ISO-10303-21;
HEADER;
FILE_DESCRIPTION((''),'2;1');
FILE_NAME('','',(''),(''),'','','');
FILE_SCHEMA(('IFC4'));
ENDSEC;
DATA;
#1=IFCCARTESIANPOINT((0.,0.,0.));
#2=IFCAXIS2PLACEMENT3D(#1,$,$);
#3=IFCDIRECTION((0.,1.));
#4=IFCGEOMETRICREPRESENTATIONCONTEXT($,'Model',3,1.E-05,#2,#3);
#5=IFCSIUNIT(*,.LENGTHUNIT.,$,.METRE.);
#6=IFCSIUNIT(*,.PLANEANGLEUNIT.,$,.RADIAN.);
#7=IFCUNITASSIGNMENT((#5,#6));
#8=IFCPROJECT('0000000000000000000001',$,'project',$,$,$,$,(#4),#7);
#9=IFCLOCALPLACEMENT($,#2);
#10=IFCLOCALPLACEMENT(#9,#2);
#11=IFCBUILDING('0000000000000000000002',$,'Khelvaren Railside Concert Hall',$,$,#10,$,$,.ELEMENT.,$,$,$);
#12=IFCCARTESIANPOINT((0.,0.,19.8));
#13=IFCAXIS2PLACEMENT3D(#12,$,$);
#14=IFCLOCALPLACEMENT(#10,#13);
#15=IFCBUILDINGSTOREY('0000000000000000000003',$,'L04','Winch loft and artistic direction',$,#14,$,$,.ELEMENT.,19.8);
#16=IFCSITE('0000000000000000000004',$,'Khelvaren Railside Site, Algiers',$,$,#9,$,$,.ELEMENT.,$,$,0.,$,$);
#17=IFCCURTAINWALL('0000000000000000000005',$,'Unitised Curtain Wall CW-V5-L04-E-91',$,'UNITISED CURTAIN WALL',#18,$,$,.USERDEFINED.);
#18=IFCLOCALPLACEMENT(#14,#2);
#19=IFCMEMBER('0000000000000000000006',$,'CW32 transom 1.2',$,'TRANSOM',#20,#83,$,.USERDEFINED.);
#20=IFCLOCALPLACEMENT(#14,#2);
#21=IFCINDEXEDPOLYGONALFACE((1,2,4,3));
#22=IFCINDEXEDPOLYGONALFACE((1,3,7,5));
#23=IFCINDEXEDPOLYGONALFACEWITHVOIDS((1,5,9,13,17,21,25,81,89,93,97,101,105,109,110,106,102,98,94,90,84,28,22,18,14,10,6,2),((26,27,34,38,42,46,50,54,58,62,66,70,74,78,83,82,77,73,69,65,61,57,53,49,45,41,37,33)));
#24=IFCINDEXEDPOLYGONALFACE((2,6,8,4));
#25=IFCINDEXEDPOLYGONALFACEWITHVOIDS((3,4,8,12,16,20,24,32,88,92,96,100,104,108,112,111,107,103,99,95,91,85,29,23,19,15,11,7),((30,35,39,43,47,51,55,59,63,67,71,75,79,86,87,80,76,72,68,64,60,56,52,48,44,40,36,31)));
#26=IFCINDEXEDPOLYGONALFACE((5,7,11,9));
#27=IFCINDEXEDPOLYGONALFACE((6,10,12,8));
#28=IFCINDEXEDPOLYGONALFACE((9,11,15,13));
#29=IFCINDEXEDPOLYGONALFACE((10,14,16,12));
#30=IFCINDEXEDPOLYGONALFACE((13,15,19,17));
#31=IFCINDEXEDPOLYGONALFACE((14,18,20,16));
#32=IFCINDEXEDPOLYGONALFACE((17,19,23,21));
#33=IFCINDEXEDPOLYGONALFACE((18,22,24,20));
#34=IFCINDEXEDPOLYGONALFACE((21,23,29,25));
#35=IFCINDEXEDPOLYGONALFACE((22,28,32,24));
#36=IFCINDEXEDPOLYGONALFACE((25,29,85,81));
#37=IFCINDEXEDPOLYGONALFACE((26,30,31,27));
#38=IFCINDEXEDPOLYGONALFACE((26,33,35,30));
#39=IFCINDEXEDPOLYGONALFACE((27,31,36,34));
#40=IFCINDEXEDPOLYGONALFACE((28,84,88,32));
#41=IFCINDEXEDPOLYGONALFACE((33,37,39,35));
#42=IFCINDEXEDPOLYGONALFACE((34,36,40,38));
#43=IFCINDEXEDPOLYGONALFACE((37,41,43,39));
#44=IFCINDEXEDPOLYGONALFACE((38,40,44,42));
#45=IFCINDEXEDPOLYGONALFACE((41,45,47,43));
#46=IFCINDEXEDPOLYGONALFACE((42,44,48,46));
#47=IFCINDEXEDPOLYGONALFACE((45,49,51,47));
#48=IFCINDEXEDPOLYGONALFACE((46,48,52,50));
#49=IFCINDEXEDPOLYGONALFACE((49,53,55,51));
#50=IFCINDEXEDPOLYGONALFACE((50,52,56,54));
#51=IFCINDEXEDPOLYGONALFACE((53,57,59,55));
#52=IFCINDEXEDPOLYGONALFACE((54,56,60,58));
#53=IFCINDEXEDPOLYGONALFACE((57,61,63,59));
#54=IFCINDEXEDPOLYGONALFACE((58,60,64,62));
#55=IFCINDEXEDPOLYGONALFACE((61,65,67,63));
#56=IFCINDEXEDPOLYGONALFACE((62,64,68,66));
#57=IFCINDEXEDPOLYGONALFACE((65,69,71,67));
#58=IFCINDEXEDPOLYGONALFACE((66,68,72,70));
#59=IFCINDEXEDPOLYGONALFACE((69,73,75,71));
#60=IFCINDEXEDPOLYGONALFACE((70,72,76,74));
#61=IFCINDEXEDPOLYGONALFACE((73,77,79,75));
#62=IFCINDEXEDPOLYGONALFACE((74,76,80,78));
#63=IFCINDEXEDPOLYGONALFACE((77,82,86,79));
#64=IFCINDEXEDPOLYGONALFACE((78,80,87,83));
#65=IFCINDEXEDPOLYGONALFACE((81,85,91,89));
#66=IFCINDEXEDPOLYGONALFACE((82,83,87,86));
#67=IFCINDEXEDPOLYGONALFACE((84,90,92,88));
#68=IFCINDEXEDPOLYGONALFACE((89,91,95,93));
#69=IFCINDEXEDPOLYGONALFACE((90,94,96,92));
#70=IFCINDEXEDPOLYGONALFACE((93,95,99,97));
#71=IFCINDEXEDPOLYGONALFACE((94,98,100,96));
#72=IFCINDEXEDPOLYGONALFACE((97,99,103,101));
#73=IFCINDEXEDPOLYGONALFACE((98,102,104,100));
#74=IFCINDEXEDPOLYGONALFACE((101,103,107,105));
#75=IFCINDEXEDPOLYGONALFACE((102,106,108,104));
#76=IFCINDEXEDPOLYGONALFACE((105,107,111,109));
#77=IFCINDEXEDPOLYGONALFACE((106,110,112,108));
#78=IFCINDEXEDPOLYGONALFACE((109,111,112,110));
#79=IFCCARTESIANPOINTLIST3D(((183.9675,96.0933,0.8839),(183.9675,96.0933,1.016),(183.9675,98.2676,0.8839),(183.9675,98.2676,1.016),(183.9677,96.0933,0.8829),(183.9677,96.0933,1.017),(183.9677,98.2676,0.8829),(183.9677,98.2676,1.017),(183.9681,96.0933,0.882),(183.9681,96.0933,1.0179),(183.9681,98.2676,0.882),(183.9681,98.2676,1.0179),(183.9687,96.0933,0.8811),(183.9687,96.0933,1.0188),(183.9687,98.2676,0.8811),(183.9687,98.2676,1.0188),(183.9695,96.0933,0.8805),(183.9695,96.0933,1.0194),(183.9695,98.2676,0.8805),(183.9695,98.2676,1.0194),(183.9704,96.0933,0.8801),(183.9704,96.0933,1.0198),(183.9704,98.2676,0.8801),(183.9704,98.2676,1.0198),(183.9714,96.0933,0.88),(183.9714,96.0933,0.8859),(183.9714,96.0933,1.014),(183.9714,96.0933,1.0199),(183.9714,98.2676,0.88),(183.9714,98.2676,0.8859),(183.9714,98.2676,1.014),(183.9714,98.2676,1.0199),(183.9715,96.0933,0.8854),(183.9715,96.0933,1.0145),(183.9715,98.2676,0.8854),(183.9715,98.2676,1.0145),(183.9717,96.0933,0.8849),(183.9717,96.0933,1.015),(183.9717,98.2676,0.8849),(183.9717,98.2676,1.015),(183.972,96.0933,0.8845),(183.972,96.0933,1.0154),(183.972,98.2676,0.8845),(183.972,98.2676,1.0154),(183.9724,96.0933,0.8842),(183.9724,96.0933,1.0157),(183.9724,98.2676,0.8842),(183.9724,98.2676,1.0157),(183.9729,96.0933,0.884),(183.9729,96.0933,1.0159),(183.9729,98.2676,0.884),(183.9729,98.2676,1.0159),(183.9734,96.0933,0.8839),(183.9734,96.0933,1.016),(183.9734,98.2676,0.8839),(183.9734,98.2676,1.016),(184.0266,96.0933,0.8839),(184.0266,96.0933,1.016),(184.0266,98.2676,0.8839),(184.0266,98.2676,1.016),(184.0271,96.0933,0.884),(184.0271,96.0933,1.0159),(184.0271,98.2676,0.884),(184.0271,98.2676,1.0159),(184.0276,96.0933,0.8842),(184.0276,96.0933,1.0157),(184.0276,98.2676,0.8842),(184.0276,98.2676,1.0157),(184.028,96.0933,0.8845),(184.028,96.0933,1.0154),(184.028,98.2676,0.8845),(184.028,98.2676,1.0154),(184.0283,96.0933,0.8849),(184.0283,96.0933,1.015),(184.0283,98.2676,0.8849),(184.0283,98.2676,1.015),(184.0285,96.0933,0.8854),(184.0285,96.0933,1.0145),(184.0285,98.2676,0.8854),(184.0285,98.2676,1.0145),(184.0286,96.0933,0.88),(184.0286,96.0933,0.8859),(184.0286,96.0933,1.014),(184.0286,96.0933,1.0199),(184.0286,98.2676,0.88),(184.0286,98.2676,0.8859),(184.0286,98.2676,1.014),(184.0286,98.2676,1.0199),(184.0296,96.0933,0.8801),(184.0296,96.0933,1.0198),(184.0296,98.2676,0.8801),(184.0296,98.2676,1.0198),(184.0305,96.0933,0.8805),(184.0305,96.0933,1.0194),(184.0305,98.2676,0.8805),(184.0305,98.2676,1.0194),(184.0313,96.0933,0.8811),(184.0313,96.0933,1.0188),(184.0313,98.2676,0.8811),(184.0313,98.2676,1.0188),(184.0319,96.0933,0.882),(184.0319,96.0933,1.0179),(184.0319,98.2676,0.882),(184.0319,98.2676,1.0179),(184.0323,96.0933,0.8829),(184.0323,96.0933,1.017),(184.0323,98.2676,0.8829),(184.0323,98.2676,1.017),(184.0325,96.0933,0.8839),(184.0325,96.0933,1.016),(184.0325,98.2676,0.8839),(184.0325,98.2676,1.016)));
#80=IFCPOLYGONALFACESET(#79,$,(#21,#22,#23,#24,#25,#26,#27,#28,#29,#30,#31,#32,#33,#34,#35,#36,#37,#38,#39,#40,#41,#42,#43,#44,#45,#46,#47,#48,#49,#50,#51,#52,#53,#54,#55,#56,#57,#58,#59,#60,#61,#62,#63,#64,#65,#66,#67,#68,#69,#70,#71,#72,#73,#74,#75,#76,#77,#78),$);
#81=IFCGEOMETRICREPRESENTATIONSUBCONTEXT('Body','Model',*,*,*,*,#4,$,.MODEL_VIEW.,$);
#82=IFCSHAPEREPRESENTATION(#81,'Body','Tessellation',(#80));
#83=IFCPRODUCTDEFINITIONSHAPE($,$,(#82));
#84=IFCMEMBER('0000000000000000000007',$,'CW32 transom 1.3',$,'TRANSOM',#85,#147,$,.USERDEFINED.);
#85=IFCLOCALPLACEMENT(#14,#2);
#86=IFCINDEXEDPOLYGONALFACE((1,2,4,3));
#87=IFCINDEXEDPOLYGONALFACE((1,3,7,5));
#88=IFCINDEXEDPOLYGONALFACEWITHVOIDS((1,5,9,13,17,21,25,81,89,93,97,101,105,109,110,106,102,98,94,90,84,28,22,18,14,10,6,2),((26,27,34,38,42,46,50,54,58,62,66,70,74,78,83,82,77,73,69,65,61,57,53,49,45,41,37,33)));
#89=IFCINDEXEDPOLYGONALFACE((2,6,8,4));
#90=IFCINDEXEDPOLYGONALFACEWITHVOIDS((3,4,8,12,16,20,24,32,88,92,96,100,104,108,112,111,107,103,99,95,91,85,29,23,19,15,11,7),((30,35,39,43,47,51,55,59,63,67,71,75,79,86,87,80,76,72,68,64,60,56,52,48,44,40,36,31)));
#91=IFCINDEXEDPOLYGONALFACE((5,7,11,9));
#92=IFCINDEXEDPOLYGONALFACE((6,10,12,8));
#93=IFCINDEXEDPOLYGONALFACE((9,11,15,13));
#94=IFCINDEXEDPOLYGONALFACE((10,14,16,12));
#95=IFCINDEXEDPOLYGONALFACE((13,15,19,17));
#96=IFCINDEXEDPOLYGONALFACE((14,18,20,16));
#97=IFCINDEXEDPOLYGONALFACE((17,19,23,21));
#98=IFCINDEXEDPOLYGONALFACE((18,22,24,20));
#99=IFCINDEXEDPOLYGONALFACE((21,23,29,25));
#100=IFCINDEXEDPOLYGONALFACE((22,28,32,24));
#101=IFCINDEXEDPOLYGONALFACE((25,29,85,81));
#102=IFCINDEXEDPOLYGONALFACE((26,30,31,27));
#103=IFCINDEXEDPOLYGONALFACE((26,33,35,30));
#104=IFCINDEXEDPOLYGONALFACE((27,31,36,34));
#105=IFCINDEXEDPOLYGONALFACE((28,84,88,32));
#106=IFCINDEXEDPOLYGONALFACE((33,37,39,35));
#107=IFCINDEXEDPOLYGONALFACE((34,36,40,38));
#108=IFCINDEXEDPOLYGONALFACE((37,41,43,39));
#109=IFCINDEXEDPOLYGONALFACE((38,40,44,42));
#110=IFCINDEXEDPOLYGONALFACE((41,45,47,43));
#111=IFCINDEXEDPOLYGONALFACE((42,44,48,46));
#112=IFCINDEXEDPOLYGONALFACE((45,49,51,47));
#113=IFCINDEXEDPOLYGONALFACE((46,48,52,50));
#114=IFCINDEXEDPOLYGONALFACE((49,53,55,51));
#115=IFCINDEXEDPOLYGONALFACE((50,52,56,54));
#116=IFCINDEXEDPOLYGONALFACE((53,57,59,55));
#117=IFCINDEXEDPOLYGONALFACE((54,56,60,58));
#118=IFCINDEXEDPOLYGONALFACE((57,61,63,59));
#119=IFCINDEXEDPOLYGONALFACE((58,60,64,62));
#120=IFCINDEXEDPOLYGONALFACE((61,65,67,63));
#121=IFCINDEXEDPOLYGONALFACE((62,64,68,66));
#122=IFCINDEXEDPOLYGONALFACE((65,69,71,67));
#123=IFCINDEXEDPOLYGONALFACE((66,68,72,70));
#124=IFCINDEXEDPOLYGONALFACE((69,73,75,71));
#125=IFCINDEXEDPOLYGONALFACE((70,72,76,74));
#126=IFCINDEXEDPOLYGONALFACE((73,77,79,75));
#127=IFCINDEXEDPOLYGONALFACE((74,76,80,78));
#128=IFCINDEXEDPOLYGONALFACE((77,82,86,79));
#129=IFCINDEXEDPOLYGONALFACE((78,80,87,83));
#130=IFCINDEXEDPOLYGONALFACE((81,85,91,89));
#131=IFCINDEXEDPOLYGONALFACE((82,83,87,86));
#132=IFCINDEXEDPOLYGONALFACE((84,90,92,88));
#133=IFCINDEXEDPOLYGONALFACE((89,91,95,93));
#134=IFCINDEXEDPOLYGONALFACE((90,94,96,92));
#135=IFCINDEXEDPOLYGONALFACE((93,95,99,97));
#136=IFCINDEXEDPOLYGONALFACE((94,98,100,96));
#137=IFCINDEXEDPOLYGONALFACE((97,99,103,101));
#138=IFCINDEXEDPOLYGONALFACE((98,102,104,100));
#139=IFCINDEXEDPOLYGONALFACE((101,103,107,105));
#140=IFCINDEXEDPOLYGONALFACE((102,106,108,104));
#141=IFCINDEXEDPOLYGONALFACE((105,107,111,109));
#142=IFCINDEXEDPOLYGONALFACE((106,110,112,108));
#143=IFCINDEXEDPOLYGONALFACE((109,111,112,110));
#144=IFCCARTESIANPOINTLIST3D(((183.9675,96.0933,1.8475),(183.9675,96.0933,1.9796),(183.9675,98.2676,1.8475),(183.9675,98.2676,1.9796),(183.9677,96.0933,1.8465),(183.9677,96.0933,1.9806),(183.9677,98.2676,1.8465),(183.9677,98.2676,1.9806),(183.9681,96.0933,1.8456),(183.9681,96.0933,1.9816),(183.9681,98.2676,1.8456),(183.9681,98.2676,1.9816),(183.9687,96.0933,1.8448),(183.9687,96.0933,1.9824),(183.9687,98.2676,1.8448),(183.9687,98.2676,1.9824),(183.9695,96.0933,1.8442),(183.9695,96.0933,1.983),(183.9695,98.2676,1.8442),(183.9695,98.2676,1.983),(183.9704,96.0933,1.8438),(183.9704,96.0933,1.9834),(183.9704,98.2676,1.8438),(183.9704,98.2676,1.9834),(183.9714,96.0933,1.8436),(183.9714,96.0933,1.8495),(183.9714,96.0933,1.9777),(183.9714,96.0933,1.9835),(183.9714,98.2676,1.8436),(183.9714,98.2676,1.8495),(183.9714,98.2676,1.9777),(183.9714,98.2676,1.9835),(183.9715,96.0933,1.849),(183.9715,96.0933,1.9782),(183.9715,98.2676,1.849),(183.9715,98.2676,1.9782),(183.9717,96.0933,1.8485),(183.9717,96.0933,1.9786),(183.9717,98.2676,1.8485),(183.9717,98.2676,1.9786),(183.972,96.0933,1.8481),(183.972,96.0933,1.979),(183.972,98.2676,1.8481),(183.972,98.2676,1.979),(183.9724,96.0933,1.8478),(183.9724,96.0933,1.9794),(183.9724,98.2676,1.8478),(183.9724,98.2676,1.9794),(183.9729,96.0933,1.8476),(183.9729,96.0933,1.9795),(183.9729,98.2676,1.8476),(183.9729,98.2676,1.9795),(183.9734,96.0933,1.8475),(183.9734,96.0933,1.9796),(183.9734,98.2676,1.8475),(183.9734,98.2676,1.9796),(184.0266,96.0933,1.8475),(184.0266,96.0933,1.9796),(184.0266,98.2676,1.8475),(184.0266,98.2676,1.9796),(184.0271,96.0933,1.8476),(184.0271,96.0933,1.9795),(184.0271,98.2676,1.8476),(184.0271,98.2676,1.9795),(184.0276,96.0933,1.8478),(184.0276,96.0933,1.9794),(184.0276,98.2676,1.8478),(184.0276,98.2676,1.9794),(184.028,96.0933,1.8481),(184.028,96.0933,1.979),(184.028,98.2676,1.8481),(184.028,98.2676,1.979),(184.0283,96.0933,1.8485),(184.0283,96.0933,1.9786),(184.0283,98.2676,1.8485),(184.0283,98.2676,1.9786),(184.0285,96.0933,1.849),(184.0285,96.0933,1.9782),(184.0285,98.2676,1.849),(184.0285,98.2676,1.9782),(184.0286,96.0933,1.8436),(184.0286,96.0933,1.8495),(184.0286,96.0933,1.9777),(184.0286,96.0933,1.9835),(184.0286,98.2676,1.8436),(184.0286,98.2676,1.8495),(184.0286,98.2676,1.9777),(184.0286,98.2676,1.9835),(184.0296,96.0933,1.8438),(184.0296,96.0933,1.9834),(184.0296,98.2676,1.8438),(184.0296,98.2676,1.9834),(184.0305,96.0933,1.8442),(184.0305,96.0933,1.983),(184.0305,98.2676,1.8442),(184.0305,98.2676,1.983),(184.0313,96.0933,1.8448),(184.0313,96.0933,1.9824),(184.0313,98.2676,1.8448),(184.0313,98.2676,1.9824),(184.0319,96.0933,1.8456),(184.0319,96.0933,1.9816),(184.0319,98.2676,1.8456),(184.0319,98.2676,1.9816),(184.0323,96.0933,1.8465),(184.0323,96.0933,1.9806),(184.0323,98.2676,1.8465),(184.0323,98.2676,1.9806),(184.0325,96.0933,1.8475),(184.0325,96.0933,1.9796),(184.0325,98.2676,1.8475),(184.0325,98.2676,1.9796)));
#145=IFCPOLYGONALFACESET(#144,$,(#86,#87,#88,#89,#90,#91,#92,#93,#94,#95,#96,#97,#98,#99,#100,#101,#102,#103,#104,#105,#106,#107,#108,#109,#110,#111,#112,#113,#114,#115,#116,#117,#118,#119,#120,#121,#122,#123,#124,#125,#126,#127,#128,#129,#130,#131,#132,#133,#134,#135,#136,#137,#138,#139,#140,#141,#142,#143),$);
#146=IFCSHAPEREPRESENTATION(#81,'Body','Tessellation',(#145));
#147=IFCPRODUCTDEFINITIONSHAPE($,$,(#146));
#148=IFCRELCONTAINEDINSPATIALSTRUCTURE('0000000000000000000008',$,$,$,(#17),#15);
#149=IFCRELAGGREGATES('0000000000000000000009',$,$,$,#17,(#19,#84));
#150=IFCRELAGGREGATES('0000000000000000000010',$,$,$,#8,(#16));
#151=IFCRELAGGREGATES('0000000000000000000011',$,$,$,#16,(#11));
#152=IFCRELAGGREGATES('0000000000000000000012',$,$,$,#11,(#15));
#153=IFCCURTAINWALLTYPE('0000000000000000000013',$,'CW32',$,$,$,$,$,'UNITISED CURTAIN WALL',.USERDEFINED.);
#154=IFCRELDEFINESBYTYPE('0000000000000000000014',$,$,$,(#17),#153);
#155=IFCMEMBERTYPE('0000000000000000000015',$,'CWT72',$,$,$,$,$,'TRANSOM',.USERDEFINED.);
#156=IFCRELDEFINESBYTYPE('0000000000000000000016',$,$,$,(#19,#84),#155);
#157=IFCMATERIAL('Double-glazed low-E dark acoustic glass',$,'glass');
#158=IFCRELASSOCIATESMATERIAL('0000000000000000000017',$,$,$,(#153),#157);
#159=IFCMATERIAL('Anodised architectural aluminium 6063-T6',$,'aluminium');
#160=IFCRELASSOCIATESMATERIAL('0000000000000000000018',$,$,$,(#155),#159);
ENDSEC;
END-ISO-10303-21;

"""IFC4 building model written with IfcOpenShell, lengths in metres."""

from ifc_helpers import new_model, si_unit, direction, frame, origin, origin_2d, place, context, subcontext, project, spatial, hollow_rectangle, extrude, material, material_profile, profile_set, type_object, element, aggregate, save


model = new_model("IFC4")

# Units and contexts
model_context = context("Model", 3, precision=1e-05, world=origin(), true_north=direction((0.0, 1.0)))
body_context = subcontext(model_context, "Body", "Model", "MODEL_VIEW")
ifc_project = project(units=[si_unit("LENGTHUNIT", "METRE"), si_unit("PLANEANGLEUNIT", "RADIAN")], contexts=[model_context])

# Site, building, storey
site_placement = place(None, origin())
site = spatial("IfcSite", under=ifc_project, at=site_placement, Name="Khelvaren Railside Site, Algiers", CompositionType="ELEMENT", RefElevation=0.0)
building_placement = place(site_placement, origin())
building = spatial("IfcBuilding", under=site, at=building_placement, Name="Khelvaren Railside Concert Hall", CompositionType="ELEMENT")
storey_placement = place(building_placement, frame((0.0, 0.0, 19.8)))
storey = spatial("IfcBuildingStorey", under=building, at=storey_placement, Name="L04", Description="Winch loft and artistic direction", CompositionType="ELEMENT", Elevation=19.8)

# Curtain wall
ifc_material_1 = material(Name="Double-glazed low-E dark acoustic glass", Category="glass")
curtain_wall_type_1 = type_object("IfcCurtainWallType", Name="CW32", ElementType="UNITISED CURTAIN WALL", PredefinedType="USERDEFINED", material=ifc_material_1)
curtain_wall_1_placement = place(storey_placement, origin())
curtain_wall_1 = element("IfcCurtainWall", 1, at=curtain_wall_1_placement, inside=storey, type_object=curtain_wall_type_1, Name="Unitised Curtain Wall CW-V5-L04-E-91", ObjectType="UNITISED CURTAIN WALL", PredefinedType="USERDEFINED")
ifc_material_2 = material(Name="Anodised architectural aluminium 6063-T6", Category="aluminium")

# Members
ifc_material_profile_1 = material_profile(ifc_material_2, hollow_rectangle(XDim=0.0649, YDim=0.1399, WallThickness=0.0039, InnerFilletRadius=0.002, OuterFilletRadius=0.0039, at=origin_2d()), Name="CWT 65x140x4")
ifc_profile_set_1 = profile_set([ifc_material_profile_1], Name="Anodised architectural aluminium 6063-T6")
member_type_1 = type_object("IfcMemberType", Name="CWT72", ElementType="TRANSOM", PredefinedType="USERDEFINED", material=ifc_profile_set_1)
member_1_placement = place(storey_placement, frame((184.0, 98.2676, 0.95), z_axis=(0.0, -1.0, 0.0), x_axis=(1.0, 0.0, 0.0)))
member_1 = element("IfcMember", 2, at=member_1_placement, type_object=member_type_1, Name="CW32 transom 1.2", ObjectType="TRANSOM", PredefinedType="USERDEFINED", context=body_context, shape_type="SweptSolid", body=[
    extrude(hollow_rectangle(XDim=0.0649, YDim=0.1399, WallThickness=0.0039, InnerFilletRadius=0.002, OuterFilletRadius=0.0039, at=origin_2d()), origin(), (0.0, 0.0, 1.0), 2.1743),
])
member_2_placement = place(storey_placement, frame((184.0, 98.2676, 1.9136), z_axis=(0.0, -1.0, 0.0), x_axis=(1.0, 0.0, 0.0)))
member_2 = element("IfcMember", 3, at=member_2_placement, type_object=member_type_1, Name="CW32 transom 1.3", ObjectType="TRANSOM", PredefinedType="USERDEFINED", context=body_context, shape_type="SweptSolid", body=[
    extrude(hollow_rectangle(XDim=0.0649, YDim=0.1399, WallThickness=0.0039, InnerFilletRadius=0.002, OuterFilletRadius=0.0039, at=origin_2d()), origin(), (0.0, 0.0, 1.0), 2.1743),
])

aggregate(curtain_wall_1, [member_1, member_2])

save(model, "model.ifc")
